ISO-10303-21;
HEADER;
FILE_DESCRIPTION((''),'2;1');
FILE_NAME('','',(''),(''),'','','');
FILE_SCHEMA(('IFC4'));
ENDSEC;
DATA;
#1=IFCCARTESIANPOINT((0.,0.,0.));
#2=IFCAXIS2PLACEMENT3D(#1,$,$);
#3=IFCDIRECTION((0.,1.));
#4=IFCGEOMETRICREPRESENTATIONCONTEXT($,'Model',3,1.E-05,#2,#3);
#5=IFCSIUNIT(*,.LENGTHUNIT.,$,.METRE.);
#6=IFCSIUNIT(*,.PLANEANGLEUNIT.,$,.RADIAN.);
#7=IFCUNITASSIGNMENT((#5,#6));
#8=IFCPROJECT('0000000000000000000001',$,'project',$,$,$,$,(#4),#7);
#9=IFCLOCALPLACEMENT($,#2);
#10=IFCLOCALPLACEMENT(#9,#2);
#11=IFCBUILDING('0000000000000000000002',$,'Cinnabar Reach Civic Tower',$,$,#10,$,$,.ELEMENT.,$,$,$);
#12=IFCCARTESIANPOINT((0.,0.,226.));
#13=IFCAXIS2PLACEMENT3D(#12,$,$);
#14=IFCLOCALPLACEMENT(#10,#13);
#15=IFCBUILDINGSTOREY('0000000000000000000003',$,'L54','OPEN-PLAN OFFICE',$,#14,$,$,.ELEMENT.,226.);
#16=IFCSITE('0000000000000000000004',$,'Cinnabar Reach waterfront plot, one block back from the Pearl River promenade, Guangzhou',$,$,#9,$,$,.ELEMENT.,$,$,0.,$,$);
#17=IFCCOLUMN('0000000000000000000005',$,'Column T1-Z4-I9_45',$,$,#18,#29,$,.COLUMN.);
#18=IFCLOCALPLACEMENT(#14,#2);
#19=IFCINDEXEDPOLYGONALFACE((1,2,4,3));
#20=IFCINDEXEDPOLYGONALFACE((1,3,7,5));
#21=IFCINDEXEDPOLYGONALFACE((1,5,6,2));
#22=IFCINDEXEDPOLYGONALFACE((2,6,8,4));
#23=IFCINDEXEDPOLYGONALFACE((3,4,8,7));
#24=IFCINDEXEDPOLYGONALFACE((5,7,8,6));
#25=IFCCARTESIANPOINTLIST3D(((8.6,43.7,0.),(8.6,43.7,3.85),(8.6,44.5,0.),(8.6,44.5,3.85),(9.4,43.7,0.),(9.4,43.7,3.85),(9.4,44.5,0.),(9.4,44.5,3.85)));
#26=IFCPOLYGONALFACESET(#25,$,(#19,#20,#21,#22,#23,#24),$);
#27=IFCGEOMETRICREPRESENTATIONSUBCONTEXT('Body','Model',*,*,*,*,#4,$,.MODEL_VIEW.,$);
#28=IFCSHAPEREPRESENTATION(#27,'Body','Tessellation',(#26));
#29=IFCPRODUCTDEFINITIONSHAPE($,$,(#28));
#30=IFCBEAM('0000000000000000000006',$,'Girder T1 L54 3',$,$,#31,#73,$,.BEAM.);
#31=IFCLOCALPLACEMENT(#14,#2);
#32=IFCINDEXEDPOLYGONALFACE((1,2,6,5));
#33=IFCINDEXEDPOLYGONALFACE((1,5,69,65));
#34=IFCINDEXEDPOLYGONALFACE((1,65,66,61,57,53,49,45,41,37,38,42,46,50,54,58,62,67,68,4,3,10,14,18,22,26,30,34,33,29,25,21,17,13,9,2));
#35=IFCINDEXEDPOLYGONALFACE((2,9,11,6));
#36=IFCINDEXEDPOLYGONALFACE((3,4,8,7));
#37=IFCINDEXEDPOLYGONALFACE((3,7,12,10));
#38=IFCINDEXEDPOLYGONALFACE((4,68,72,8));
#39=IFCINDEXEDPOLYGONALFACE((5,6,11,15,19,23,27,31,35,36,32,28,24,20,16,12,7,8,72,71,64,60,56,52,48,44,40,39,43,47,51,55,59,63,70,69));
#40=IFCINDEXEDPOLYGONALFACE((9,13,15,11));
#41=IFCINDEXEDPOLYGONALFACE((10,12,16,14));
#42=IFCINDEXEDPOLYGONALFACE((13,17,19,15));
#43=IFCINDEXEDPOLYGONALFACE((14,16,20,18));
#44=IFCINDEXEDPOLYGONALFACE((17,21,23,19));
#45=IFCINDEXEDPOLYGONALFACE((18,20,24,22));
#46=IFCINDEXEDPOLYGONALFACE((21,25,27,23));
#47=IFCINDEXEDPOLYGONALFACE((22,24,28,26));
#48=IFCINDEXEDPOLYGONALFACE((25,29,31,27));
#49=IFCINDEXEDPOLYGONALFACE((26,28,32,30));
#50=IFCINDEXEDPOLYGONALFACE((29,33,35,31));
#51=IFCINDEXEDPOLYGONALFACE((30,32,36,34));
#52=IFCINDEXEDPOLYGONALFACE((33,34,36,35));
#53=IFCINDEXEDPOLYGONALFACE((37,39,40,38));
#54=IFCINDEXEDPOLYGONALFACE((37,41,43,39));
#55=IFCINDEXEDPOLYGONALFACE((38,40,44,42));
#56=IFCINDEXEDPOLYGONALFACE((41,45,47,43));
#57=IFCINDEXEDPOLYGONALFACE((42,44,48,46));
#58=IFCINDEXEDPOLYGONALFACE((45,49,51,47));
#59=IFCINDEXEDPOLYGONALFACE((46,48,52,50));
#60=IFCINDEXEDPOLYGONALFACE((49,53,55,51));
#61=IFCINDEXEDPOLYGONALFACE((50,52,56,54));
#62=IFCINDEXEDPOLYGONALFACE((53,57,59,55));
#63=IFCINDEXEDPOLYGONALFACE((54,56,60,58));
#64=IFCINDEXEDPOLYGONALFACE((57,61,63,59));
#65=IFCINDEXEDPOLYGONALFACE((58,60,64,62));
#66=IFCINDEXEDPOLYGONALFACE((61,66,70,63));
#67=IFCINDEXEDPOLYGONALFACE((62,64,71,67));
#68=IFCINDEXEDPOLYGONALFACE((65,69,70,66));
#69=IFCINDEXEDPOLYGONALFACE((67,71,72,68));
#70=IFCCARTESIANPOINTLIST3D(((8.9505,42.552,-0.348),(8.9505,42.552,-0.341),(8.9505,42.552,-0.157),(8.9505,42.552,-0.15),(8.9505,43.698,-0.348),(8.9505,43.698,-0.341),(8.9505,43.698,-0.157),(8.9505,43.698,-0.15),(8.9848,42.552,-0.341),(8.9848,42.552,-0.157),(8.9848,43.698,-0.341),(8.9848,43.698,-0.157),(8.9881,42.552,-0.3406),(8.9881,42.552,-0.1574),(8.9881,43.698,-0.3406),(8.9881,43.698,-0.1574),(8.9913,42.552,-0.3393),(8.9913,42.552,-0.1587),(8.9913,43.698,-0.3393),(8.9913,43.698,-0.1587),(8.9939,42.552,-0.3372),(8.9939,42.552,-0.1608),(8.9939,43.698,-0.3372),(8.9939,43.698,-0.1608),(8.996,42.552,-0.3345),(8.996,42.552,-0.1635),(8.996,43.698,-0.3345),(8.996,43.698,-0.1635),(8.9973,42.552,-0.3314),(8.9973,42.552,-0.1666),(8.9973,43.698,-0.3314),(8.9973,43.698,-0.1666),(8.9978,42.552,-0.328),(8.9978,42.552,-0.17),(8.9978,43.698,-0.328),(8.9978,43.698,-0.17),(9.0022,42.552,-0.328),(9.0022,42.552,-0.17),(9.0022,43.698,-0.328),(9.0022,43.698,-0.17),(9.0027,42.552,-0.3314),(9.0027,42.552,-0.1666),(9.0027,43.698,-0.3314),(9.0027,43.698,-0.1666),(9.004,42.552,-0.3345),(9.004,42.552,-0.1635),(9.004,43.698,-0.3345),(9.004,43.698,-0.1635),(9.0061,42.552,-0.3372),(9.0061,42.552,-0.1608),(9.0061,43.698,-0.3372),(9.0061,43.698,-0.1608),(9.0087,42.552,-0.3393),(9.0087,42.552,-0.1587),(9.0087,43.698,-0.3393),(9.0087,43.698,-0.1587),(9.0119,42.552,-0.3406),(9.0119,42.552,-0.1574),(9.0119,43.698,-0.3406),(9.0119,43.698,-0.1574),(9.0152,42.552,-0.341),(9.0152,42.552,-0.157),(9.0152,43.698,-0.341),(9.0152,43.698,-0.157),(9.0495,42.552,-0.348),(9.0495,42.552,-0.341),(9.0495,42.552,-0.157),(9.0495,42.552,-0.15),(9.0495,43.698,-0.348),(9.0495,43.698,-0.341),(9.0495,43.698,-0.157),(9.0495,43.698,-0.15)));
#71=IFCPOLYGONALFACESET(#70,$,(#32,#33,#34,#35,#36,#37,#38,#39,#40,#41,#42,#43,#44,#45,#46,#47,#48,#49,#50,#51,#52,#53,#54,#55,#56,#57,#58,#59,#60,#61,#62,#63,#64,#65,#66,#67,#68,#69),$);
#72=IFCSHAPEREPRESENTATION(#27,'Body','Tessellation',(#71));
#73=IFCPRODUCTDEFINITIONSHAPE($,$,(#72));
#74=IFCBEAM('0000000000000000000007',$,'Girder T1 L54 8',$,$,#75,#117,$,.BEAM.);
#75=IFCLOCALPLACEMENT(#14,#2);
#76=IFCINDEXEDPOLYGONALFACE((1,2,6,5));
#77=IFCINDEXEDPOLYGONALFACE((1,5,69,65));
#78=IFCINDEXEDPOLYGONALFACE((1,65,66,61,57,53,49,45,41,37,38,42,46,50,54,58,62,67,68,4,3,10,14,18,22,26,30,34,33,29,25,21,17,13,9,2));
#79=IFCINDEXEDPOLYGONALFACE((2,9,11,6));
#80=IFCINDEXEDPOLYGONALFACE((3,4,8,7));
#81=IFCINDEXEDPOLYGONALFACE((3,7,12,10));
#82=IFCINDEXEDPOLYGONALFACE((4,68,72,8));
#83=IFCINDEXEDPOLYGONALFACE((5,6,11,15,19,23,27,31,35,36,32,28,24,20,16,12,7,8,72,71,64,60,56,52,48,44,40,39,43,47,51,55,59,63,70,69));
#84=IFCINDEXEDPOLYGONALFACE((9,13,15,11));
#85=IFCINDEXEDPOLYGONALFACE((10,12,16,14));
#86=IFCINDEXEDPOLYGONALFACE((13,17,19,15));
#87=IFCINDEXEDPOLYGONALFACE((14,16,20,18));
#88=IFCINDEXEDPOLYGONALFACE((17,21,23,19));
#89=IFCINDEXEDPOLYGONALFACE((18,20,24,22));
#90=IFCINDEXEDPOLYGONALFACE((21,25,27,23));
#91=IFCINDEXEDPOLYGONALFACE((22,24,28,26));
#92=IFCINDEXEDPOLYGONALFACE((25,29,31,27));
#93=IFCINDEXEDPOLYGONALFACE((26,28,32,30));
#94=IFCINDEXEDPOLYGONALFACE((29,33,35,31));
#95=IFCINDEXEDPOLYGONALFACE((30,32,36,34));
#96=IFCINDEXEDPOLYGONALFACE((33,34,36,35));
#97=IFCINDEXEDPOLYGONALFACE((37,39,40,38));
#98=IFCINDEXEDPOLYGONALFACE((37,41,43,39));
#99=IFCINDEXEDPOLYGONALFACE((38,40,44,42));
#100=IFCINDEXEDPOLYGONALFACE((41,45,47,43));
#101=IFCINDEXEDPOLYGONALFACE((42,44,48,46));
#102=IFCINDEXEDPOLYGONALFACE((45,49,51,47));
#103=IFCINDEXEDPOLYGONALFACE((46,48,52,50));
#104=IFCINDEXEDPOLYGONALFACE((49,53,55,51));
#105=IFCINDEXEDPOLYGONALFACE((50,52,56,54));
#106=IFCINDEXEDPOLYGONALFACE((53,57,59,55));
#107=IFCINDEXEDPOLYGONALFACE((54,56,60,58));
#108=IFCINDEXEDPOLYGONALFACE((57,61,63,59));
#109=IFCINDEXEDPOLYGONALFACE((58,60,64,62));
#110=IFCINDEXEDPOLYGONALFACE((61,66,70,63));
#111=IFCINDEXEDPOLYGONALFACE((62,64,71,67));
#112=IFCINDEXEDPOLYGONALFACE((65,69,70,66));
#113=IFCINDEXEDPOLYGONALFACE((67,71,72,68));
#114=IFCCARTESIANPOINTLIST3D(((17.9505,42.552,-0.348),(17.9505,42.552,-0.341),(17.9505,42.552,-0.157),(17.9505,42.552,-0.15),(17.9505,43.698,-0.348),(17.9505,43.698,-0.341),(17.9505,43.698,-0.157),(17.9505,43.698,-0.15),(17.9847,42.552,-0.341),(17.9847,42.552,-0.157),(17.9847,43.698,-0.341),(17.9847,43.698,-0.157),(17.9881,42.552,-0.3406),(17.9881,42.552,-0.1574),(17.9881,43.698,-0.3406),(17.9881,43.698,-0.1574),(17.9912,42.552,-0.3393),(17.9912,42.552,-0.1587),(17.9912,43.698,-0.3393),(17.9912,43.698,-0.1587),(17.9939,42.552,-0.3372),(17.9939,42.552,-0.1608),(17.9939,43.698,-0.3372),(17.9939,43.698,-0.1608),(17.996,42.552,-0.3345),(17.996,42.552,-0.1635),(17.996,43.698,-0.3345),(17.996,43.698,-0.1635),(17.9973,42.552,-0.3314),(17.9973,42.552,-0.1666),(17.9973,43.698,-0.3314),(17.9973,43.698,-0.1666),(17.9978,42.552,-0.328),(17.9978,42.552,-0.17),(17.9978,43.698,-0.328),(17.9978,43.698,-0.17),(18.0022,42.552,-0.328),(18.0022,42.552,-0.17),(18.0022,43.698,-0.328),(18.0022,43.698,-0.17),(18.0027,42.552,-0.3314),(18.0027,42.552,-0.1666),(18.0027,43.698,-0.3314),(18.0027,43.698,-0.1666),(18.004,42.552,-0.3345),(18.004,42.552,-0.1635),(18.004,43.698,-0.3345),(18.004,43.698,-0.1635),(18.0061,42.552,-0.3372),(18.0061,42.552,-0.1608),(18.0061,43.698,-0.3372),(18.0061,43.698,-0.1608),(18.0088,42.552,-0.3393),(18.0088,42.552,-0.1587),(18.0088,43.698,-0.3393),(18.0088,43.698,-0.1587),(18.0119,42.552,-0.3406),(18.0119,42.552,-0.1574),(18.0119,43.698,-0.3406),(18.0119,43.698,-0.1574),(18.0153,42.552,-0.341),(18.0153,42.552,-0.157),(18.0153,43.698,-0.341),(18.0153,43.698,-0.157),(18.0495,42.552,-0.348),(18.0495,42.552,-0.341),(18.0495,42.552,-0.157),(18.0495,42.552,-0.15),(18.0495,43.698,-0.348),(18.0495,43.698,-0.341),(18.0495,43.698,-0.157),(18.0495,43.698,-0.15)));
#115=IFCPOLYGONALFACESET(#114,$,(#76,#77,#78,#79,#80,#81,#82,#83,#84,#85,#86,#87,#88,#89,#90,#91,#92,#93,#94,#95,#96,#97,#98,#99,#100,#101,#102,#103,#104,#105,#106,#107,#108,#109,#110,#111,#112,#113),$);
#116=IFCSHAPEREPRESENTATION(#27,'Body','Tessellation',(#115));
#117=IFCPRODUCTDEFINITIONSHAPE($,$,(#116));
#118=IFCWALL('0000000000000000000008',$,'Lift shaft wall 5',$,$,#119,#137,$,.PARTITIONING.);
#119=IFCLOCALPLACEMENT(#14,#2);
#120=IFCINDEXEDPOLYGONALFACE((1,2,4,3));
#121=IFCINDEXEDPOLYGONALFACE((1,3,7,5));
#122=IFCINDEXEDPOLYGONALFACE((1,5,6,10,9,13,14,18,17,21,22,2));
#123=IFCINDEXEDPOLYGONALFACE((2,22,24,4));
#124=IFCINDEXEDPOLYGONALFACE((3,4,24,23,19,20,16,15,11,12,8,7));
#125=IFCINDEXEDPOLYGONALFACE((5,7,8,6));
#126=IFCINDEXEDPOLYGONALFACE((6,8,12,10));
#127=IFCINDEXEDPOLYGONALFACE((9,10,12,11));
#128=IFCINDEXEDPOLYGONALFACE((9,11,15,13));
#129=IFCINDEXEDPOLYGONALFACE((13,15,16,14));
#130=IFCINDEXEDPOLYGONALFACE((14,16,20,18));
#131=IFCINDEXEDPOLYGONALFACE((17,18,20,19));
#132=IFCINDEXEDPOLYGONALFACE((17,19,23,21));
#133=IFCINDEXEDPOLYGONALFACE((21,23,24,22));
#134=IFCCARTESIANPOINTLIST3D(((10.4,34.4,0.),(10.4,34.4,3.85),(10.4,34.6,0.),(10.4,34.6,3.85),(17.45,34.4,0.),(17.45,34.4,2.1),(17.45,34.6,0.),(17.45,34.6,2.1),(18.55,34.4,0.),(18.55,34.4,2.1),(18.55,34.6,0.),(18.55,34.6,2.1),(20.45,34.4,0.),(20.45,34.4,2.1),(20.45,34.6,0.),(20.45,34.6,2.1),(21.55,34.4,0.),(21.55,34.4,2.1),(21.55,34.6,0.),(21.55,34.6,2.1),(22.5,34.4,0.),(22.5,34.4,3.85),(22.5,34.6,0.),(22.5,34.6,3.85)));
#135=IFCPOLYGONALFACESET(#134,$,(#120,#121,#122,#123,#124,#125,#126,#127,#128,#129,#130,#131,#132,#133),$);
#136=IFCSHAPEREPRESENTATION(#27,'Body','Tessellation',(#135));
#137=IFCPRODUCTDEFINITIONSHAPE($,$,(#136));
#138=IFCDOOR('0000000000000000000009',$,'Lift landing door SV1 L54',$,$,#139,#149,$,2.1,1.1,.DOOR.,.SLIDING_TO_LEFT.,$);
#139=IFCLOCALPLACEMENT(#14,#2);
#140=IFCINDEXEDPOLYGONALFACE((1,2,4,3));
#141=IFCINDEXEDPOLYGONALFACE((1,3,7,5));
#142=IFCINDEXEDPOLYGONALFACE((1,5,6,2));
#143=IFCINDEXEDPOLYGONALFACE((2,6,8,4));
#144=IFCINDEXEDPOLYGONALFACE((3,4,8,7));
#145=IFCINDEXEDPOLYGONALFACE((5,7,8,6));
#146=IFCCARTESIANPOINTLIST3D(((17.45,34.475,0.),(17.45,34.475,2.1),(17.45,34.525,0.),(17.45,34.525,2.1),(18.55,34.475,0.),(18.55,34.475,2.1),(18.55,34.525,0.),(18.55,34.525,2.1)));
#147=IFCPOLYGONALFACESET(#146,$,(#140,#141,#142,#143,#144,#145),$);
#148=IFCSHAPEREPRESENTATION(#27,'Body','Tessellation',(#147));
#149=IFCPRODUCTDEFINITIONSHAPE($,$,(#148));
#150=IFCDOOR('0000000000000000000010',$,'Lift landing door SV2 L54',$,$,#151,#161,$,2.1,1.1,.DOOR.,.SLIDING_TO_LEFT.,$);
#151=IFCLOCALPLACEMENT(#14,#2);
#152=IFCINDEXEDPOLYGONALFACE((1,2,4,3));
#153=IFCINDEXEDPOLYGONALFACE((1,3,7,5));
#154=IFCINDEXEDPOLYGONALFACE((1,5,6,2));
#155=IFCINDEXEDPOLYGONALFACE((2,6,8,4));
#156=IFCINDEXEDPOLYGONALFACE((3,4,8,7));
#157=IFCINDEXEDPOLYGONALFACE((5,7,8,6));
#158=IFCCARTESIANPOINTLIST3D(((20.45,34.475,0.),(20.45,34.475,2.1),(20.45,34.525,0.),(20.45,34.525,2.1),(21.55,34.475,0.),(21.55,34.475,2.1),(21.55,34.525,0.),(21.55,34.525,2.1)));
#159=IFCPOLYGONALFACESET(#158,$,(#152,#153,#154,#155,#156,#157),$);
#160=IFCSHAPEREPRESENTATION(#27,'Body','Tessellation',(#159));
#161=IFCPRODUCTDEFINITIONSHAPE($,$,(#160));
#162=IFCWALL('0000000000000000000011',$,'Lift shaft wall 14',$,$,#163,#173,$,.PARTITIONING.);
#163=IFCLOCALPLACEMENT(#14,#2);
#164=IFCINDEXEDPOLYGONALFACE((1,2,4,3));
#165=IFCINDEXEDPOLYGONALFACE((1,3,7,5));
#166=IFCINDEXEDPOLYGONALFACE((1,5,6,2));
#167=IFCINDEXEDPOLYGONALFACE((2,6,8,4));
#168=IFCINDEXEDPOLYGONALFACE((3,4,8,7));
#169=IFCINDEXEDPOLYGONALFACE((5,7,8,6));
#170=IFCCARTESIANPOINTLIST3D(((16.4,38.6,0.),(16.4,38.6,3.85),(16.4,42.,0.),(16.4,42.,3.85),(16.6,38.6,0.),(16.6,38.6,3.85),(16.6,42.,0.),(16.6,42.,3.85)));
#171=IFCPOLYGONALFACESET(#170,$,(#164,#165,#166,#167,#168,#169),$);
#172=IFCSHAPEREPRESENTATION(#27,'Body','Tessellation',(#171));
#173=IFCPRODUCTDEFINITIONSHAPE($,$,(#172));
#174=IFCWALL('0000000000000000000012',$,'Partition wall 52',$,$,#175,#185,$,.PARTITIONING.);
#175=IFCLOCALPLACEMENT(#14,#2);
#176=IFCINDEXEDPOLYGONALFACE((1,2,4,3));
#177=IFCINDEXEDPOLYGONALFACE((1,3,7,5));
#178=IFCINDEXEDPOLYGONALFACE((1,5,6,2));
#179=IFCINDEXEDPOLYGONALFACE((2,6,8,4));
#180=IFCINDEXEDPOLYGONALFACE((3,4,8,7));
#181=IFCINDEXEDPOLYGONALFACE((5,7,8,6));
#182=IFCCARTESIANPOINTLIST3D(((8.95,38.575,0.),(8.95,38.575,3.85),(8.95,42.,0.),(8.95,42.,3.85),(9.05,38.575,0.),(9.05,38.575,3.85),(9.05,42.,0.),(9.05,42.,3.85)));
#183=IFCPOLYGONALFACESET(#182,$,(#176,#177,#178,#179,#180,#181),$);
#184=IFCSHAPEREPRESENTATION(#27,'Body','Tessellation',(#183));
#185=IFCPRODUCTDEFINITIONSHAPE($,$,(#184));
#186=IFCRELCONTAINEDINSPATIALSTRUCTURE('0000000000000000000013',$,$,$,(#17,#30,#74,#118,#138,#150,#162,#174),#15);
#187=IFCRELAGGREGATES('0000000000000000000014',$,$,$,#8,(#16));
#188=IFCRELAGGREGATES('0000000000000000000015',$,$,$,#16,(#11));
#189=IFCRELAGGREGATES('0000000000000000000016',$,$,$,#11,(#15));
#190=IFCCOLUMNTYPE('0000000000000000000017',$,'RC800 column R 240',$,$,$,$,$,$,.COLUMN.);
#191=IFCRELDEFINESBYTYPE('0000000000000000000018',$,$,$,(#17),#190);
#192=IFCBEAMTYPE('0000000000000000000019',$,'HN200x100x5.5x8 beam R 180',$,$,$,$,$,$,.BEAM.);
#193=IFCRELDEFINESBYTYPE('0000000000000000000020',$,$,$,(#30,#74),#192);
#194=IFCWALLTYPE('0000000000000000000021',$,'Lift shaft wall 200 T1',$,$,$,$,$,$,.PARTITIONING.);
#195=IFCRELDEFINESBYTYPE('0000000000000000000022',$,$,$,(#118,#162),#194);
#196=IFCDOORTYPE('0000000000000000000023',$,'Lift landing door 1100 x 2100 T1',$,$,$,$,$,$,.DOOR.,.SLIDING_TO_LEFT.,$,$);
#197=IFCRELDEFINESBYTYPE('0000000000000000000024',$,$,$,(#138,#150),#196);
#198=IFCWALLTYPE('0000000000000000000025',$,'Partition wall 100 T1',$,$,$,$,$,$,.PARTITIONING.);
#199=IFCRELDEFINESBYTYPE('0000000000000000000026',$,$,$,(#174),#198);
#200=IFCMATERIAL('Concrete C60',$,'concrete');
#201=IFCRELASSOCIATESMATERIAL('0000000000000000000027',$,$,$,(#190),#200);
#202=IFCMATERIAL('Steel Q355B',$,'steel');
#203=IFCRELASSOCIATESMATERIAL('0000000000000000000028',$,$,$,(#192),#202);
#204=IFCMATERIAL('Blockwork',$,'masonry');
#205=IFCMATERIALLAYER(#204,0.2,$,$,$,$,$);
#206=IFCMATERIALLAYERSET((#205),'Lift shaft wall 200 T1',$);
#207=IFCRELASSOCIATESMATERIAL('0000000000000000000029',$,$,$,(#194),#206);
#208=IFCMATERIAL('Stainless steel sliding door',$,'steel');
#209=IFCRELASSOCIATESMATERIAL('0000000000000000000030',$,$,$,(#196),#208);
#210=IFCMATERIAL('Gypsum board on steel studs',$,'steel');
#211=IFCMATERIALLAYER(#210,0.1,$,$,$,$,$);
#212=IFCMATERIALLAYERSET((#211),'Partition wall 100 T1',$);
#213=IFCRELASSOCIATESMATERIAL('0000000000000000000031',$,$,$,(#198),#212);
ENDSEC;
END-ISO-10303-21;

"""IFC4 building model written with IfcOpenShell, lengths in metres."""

from ifc_helpers import new_model, si_unit, direction, frame, frame_2d, origin, origin_2d, place, context, subcontext, project, spatial, rectangle, i_section, extrude, material, layer, layer_set, material_profile, profile_set, type_object, element, fill, save


model = new_model("IFC4")

# Units and contexts
model_context = context("Model", 3, precision=1e-05, world=origin(), true_north=direction((0.0, 1.0)))
body_context = subcontext(model_context, "Body", "Model", "MODEL_VIEW")
ifc_project = project(units=[si_unit("LENGTHUNIT", "METRE"), si_unit("PLANEANGLEUNIT", "RADIAN")], contexts=[model_context])

# Site, building, storey
site_placement = place(None, origin())
site = spatial("IfcSite", under=ifc_project, at=site_placement, Name="Cinnabar Reach waterfront plot, one block back from the Pearl River promenade, Guangzhou", CompositionType="ELEMENT", RefElevation=0.0)
building_placement = place(site_placement, origin())
building = spatial("IfcBuilding", under=site, at=building_placement, Name="Cinnabar Reach Civic Tower", CompositionType="ELEMENT")
storey_placement = place(building_placement, frame((0.0, 0.0, 226.0)))
storey = spatial("IfcBuildingStorey", under=building, at=storey_placement, Name="L54", Description="OPEN-PLAN OFFICE", CompositionType="ELEMENT", Elevation=226.0)

# Column
ifc_material_1 = material(Name="Concrete C60", Category="concrete")
ifc_material_profile_1 = material_profile(ifc_material_1, rectangle(XDim=0.8, YDim=0.8, at=origin_2d()), Name="RC800")
ifc_profile_set_1 = profile_set([ifc_material_profile_1], Name="Concrete C60")
column_type = type_object("IfcColumnType", Name="RC800 column R 240", PredefinedType="COLUMN", material=ifc_profile_set_1)
column_placement = place(storey_placement, frame((9.0, 44.1, 0.0), z_axis=(0.0, 0.0, 1.0), x_axis=(1.0, 0.0, 0.0)))
element("IfcColumn", 1, at=column_placement, inside=storey, type_object=column_type, Name="Column T1-Z4-I9_45", PredefinedType="COLUMN", context=body_context, shape_type="SweptSolid", body=[
    extrude(rectangle(XDim=0.8, YDim=0.8, at=origin_2d()), origin(), (0.0, 0.0, 1.0), 3.85),
])

# Beams
ifc_material_2 = material(Name="Steel Q355B", Category="steel")
ifc_material_profile_2 = material_profile(ifc_material_2, i_section(OverallWidth=0.099, OverallDepth=0.198, WebThickness=0.0045, FlangeThickness=0.007, FilletRadius=0.013, at=origin_2d()), Name="HN200x100x5.5x8")
ifc_profile_set_2 = profile_set([ifc_material_profile_2], Name="Steel Q355B")
beam_type = type_object("IfcBeamType", Name="HN200x100x5.5x8 beam R 180", PredefinedType="BEAM", material=ifc_profile_set_2)
for number, where, z_axis, x_axis, name in (
    (2, (9.0, 42.552, -0.249), (0.0, 1.0, 0.0), (-1.0, 0.0, 0.0), "Girder T1 L54 3"),
    (3, (18.0, 42.552, -0.249), (0.0, 1.0, 0.0), (-1.0, 0.0, 0.0), "Girder T1 L54 8"),
):
    element("IfcBeam", number, at=place(storey_placement, frame(where, z_axis=z_axis, x_axis=x_axis)), inside=storey, type_object=beam_type, Name=name, PredefinedType="BEAM", context=body_context, shape_type="SweptSolid", body=[
        extrude(i_section(OverallWidth=0.099, OverallDepth=0.198, WebThickness=0.0045, FlangeThickness=0.007, FilletRadius=0.013, at=origin_2d()), origin(), (0.0, 0.0, 1.0), 1.146),
    ])

# Wall, openings, doors
ifc_material_3 = material(Name="Blockwork", Category="masonry")
ifc_layer_1 = layer(ifc_material_3, 0.2)
ifc_layer_set_1 = layer_set([ifc_layer_1], Name="Lift shaft wall 200 T1")
wall_type_1 = type_object("IfcWallType", Name="Lift shaft wall 200 T1", PredefinedType="PARTITIONING", material=ifc_layer_set_1)
wall_1_placement = place(storey_placement, frame((10.4, 34.5, 0.0), z_axis=(0.0, 0.0, 1.0), x_axis=(1.0, 0.0, 0.0)))
wall_1 = element("IfcWall", 4, at=wall_1_placement, inside=storey, type_object=wall_type_1, Name="Lift shaft wall 5", PredefinedType="PARTITIONING", context=body_context, shape_type="SweptSolid", body=[
    extrude(rectangle(XDim=12.1, YDim=0.2, at=frame_2d((6.05, 0.0))), origin(), (0.0, 0.0, 1.0), 3.85),
])
opening_1_placement = place(wall_1_placement, frame((7.05, 0.0, 0.0)))
opening_1 = element("IfcOpeningElement", 5, at=opening_1_placement, cuts=wall_1, PredefinedType="OPENING", context=body_context, shape_type="SweptSolid", body=[
    extrude(rectangle(XDim=1.1, YDim=2.1, at=frame_2d((0.55, 1.05))), frame((0.0, 0.11, 0.0), z_axis=(0.0, -1.0, 0.0), x_axis=(1.0, 0.0, 0.0)), (0.0, 0.0, 1.0), 0.22),
])
opening_2_placement = place(wall_1_placement, frame((10.05, 0.0, 0.0)))
opening_2 = element("IfcOpeningElement", 6, at=opening_2_placement, cuts=wall_1, PredefinedType="OPENING", context=body_context, shape_type="SweptSolid", body=[
    extrude(rectangle(XDim=1.1, YDim=2.1, at=frame_2d((0.55, 1.05))), frame((0.0, 0.11, 0.0), z_axis=(0.0, -1.0, 0.0), x_axis=(1.0, 0.0, 0.0)), (0.0, 0.0, 1.0), 0.22),
])
ifc_material_4 = material(Name="Stainless steel sliding door", Category="steel")
door_type_1 = type_object("IfcDoorType", Name="Lift landing door 1100 x 2100 T1", OperationType="SLIDING_TO_LEFT", PredefinedType="DOOR", material=ifc_material_4)
door_1_placement = place(opening_1_placement, origin())
door_1 = element("IfcDoor", 7, at=door_1_placement, inside=storey, type_object=door_type_1, Name="Lift landing door SV1 L54", OperationType="SLIDING_TO_LEFT", OverallHeight=2.1, OverallWidth=1.1, PredefinedType="DOOR", context=body_context, shape_type="SweptSolid", body=[
    extrude(rectangle(XDim=1.1, YDim=2.1, at=frame_2d((0.55, 1.05))), frame((0.0, 0.025, 0.0), z_axis=(0.0, -1.0, 0.0), x_axis=(1.0, 0.0, 0.0)), (0.0, 0.0, 1.0), 0.05),
])
fill(opening_1, door_1)
door_2_placement = place(opening_2_placement, origin())
door_2 = element("IfcDoor", 8, at=door_2_placement, inside=storey, type_object=door_type_1, Name="Lift landing door SV2 L54", OperationType="SLIDING_TO_LEFT", OverallHeight=2.1, OverallWidth=1.1, PredefinedType="DOOR", context=body_context, shape_type="SweptSolid", body=[
    extrude(rectangle(XDim=1.1, YDim=2.1, at=frame_2d((0.55, 1.05))), frame((0.0, 0.025, 0.0), z_axis=(0.0, -1.0, 0.0), x_axis=(1.0, 0.0, 0.0)), (0.0, 0.0, 1.0), 0.05),
])
fill(opening_2, door_2)

# Walls
wall_2_placement = place(storey_placement, frame((16.5, 38.6, 0.0), z_axis=(0.0, 0.0, 1.0), x_axis=(0.0, 1.0, 0.0)))
element("IfcWall", 9, at=wall_2_placement, inside=storey, type_object=wall_type_1, Name="Lift shaft wall 14", PredefinedType="PARTITIONING", context=body_context, shape_type="SweptSolid", body=[
    extrude(rectangle(XDim=3.4, YDim=0.2, at=frame_2d((1.7, 0.0))), origin(), (0.0, 0.0, 1.0), 3.85),
])
ifc_material_5 = material(Name="Gypsum board on steel studs", Category="steel")
ifc_layer_2 = layer(ifc_material_5, 0.1)
ifc_layer_set_2 = layer_set([ifc_layer_2], Name="Partition wall 100 T1")
wall_type_2 = type_object("IfcWallType", Name="Partition wall 100 T1", PredefinedType="PARTITIONING", material=ifc_layer_set_2)
for number, where, z_axis, x_axis, name in (
    (10, (9.0, 38.575, 0.0), (0.0, 0.0, 1.0), (0.0, 1.0, 0.0), "Partition wall 52"),
):
    element("IfcWall", number, at=place(storey_placement, frame(where, z_axis=z_axis, x_axis=x_axis)), inside=storey, type_object=wall_type_2, Name=name, PredefinedType="PARTITIONING", context=body_context, shape_type="SweptSolid", body=[
        extrude(rectangle(XDim=3.425, YDim=0.1, at=frame_2d((1.7125, 0.0))), origin(), (0.0, 0.0, 1.0), 3.85),
    ])

save(model, "model.ifc")
